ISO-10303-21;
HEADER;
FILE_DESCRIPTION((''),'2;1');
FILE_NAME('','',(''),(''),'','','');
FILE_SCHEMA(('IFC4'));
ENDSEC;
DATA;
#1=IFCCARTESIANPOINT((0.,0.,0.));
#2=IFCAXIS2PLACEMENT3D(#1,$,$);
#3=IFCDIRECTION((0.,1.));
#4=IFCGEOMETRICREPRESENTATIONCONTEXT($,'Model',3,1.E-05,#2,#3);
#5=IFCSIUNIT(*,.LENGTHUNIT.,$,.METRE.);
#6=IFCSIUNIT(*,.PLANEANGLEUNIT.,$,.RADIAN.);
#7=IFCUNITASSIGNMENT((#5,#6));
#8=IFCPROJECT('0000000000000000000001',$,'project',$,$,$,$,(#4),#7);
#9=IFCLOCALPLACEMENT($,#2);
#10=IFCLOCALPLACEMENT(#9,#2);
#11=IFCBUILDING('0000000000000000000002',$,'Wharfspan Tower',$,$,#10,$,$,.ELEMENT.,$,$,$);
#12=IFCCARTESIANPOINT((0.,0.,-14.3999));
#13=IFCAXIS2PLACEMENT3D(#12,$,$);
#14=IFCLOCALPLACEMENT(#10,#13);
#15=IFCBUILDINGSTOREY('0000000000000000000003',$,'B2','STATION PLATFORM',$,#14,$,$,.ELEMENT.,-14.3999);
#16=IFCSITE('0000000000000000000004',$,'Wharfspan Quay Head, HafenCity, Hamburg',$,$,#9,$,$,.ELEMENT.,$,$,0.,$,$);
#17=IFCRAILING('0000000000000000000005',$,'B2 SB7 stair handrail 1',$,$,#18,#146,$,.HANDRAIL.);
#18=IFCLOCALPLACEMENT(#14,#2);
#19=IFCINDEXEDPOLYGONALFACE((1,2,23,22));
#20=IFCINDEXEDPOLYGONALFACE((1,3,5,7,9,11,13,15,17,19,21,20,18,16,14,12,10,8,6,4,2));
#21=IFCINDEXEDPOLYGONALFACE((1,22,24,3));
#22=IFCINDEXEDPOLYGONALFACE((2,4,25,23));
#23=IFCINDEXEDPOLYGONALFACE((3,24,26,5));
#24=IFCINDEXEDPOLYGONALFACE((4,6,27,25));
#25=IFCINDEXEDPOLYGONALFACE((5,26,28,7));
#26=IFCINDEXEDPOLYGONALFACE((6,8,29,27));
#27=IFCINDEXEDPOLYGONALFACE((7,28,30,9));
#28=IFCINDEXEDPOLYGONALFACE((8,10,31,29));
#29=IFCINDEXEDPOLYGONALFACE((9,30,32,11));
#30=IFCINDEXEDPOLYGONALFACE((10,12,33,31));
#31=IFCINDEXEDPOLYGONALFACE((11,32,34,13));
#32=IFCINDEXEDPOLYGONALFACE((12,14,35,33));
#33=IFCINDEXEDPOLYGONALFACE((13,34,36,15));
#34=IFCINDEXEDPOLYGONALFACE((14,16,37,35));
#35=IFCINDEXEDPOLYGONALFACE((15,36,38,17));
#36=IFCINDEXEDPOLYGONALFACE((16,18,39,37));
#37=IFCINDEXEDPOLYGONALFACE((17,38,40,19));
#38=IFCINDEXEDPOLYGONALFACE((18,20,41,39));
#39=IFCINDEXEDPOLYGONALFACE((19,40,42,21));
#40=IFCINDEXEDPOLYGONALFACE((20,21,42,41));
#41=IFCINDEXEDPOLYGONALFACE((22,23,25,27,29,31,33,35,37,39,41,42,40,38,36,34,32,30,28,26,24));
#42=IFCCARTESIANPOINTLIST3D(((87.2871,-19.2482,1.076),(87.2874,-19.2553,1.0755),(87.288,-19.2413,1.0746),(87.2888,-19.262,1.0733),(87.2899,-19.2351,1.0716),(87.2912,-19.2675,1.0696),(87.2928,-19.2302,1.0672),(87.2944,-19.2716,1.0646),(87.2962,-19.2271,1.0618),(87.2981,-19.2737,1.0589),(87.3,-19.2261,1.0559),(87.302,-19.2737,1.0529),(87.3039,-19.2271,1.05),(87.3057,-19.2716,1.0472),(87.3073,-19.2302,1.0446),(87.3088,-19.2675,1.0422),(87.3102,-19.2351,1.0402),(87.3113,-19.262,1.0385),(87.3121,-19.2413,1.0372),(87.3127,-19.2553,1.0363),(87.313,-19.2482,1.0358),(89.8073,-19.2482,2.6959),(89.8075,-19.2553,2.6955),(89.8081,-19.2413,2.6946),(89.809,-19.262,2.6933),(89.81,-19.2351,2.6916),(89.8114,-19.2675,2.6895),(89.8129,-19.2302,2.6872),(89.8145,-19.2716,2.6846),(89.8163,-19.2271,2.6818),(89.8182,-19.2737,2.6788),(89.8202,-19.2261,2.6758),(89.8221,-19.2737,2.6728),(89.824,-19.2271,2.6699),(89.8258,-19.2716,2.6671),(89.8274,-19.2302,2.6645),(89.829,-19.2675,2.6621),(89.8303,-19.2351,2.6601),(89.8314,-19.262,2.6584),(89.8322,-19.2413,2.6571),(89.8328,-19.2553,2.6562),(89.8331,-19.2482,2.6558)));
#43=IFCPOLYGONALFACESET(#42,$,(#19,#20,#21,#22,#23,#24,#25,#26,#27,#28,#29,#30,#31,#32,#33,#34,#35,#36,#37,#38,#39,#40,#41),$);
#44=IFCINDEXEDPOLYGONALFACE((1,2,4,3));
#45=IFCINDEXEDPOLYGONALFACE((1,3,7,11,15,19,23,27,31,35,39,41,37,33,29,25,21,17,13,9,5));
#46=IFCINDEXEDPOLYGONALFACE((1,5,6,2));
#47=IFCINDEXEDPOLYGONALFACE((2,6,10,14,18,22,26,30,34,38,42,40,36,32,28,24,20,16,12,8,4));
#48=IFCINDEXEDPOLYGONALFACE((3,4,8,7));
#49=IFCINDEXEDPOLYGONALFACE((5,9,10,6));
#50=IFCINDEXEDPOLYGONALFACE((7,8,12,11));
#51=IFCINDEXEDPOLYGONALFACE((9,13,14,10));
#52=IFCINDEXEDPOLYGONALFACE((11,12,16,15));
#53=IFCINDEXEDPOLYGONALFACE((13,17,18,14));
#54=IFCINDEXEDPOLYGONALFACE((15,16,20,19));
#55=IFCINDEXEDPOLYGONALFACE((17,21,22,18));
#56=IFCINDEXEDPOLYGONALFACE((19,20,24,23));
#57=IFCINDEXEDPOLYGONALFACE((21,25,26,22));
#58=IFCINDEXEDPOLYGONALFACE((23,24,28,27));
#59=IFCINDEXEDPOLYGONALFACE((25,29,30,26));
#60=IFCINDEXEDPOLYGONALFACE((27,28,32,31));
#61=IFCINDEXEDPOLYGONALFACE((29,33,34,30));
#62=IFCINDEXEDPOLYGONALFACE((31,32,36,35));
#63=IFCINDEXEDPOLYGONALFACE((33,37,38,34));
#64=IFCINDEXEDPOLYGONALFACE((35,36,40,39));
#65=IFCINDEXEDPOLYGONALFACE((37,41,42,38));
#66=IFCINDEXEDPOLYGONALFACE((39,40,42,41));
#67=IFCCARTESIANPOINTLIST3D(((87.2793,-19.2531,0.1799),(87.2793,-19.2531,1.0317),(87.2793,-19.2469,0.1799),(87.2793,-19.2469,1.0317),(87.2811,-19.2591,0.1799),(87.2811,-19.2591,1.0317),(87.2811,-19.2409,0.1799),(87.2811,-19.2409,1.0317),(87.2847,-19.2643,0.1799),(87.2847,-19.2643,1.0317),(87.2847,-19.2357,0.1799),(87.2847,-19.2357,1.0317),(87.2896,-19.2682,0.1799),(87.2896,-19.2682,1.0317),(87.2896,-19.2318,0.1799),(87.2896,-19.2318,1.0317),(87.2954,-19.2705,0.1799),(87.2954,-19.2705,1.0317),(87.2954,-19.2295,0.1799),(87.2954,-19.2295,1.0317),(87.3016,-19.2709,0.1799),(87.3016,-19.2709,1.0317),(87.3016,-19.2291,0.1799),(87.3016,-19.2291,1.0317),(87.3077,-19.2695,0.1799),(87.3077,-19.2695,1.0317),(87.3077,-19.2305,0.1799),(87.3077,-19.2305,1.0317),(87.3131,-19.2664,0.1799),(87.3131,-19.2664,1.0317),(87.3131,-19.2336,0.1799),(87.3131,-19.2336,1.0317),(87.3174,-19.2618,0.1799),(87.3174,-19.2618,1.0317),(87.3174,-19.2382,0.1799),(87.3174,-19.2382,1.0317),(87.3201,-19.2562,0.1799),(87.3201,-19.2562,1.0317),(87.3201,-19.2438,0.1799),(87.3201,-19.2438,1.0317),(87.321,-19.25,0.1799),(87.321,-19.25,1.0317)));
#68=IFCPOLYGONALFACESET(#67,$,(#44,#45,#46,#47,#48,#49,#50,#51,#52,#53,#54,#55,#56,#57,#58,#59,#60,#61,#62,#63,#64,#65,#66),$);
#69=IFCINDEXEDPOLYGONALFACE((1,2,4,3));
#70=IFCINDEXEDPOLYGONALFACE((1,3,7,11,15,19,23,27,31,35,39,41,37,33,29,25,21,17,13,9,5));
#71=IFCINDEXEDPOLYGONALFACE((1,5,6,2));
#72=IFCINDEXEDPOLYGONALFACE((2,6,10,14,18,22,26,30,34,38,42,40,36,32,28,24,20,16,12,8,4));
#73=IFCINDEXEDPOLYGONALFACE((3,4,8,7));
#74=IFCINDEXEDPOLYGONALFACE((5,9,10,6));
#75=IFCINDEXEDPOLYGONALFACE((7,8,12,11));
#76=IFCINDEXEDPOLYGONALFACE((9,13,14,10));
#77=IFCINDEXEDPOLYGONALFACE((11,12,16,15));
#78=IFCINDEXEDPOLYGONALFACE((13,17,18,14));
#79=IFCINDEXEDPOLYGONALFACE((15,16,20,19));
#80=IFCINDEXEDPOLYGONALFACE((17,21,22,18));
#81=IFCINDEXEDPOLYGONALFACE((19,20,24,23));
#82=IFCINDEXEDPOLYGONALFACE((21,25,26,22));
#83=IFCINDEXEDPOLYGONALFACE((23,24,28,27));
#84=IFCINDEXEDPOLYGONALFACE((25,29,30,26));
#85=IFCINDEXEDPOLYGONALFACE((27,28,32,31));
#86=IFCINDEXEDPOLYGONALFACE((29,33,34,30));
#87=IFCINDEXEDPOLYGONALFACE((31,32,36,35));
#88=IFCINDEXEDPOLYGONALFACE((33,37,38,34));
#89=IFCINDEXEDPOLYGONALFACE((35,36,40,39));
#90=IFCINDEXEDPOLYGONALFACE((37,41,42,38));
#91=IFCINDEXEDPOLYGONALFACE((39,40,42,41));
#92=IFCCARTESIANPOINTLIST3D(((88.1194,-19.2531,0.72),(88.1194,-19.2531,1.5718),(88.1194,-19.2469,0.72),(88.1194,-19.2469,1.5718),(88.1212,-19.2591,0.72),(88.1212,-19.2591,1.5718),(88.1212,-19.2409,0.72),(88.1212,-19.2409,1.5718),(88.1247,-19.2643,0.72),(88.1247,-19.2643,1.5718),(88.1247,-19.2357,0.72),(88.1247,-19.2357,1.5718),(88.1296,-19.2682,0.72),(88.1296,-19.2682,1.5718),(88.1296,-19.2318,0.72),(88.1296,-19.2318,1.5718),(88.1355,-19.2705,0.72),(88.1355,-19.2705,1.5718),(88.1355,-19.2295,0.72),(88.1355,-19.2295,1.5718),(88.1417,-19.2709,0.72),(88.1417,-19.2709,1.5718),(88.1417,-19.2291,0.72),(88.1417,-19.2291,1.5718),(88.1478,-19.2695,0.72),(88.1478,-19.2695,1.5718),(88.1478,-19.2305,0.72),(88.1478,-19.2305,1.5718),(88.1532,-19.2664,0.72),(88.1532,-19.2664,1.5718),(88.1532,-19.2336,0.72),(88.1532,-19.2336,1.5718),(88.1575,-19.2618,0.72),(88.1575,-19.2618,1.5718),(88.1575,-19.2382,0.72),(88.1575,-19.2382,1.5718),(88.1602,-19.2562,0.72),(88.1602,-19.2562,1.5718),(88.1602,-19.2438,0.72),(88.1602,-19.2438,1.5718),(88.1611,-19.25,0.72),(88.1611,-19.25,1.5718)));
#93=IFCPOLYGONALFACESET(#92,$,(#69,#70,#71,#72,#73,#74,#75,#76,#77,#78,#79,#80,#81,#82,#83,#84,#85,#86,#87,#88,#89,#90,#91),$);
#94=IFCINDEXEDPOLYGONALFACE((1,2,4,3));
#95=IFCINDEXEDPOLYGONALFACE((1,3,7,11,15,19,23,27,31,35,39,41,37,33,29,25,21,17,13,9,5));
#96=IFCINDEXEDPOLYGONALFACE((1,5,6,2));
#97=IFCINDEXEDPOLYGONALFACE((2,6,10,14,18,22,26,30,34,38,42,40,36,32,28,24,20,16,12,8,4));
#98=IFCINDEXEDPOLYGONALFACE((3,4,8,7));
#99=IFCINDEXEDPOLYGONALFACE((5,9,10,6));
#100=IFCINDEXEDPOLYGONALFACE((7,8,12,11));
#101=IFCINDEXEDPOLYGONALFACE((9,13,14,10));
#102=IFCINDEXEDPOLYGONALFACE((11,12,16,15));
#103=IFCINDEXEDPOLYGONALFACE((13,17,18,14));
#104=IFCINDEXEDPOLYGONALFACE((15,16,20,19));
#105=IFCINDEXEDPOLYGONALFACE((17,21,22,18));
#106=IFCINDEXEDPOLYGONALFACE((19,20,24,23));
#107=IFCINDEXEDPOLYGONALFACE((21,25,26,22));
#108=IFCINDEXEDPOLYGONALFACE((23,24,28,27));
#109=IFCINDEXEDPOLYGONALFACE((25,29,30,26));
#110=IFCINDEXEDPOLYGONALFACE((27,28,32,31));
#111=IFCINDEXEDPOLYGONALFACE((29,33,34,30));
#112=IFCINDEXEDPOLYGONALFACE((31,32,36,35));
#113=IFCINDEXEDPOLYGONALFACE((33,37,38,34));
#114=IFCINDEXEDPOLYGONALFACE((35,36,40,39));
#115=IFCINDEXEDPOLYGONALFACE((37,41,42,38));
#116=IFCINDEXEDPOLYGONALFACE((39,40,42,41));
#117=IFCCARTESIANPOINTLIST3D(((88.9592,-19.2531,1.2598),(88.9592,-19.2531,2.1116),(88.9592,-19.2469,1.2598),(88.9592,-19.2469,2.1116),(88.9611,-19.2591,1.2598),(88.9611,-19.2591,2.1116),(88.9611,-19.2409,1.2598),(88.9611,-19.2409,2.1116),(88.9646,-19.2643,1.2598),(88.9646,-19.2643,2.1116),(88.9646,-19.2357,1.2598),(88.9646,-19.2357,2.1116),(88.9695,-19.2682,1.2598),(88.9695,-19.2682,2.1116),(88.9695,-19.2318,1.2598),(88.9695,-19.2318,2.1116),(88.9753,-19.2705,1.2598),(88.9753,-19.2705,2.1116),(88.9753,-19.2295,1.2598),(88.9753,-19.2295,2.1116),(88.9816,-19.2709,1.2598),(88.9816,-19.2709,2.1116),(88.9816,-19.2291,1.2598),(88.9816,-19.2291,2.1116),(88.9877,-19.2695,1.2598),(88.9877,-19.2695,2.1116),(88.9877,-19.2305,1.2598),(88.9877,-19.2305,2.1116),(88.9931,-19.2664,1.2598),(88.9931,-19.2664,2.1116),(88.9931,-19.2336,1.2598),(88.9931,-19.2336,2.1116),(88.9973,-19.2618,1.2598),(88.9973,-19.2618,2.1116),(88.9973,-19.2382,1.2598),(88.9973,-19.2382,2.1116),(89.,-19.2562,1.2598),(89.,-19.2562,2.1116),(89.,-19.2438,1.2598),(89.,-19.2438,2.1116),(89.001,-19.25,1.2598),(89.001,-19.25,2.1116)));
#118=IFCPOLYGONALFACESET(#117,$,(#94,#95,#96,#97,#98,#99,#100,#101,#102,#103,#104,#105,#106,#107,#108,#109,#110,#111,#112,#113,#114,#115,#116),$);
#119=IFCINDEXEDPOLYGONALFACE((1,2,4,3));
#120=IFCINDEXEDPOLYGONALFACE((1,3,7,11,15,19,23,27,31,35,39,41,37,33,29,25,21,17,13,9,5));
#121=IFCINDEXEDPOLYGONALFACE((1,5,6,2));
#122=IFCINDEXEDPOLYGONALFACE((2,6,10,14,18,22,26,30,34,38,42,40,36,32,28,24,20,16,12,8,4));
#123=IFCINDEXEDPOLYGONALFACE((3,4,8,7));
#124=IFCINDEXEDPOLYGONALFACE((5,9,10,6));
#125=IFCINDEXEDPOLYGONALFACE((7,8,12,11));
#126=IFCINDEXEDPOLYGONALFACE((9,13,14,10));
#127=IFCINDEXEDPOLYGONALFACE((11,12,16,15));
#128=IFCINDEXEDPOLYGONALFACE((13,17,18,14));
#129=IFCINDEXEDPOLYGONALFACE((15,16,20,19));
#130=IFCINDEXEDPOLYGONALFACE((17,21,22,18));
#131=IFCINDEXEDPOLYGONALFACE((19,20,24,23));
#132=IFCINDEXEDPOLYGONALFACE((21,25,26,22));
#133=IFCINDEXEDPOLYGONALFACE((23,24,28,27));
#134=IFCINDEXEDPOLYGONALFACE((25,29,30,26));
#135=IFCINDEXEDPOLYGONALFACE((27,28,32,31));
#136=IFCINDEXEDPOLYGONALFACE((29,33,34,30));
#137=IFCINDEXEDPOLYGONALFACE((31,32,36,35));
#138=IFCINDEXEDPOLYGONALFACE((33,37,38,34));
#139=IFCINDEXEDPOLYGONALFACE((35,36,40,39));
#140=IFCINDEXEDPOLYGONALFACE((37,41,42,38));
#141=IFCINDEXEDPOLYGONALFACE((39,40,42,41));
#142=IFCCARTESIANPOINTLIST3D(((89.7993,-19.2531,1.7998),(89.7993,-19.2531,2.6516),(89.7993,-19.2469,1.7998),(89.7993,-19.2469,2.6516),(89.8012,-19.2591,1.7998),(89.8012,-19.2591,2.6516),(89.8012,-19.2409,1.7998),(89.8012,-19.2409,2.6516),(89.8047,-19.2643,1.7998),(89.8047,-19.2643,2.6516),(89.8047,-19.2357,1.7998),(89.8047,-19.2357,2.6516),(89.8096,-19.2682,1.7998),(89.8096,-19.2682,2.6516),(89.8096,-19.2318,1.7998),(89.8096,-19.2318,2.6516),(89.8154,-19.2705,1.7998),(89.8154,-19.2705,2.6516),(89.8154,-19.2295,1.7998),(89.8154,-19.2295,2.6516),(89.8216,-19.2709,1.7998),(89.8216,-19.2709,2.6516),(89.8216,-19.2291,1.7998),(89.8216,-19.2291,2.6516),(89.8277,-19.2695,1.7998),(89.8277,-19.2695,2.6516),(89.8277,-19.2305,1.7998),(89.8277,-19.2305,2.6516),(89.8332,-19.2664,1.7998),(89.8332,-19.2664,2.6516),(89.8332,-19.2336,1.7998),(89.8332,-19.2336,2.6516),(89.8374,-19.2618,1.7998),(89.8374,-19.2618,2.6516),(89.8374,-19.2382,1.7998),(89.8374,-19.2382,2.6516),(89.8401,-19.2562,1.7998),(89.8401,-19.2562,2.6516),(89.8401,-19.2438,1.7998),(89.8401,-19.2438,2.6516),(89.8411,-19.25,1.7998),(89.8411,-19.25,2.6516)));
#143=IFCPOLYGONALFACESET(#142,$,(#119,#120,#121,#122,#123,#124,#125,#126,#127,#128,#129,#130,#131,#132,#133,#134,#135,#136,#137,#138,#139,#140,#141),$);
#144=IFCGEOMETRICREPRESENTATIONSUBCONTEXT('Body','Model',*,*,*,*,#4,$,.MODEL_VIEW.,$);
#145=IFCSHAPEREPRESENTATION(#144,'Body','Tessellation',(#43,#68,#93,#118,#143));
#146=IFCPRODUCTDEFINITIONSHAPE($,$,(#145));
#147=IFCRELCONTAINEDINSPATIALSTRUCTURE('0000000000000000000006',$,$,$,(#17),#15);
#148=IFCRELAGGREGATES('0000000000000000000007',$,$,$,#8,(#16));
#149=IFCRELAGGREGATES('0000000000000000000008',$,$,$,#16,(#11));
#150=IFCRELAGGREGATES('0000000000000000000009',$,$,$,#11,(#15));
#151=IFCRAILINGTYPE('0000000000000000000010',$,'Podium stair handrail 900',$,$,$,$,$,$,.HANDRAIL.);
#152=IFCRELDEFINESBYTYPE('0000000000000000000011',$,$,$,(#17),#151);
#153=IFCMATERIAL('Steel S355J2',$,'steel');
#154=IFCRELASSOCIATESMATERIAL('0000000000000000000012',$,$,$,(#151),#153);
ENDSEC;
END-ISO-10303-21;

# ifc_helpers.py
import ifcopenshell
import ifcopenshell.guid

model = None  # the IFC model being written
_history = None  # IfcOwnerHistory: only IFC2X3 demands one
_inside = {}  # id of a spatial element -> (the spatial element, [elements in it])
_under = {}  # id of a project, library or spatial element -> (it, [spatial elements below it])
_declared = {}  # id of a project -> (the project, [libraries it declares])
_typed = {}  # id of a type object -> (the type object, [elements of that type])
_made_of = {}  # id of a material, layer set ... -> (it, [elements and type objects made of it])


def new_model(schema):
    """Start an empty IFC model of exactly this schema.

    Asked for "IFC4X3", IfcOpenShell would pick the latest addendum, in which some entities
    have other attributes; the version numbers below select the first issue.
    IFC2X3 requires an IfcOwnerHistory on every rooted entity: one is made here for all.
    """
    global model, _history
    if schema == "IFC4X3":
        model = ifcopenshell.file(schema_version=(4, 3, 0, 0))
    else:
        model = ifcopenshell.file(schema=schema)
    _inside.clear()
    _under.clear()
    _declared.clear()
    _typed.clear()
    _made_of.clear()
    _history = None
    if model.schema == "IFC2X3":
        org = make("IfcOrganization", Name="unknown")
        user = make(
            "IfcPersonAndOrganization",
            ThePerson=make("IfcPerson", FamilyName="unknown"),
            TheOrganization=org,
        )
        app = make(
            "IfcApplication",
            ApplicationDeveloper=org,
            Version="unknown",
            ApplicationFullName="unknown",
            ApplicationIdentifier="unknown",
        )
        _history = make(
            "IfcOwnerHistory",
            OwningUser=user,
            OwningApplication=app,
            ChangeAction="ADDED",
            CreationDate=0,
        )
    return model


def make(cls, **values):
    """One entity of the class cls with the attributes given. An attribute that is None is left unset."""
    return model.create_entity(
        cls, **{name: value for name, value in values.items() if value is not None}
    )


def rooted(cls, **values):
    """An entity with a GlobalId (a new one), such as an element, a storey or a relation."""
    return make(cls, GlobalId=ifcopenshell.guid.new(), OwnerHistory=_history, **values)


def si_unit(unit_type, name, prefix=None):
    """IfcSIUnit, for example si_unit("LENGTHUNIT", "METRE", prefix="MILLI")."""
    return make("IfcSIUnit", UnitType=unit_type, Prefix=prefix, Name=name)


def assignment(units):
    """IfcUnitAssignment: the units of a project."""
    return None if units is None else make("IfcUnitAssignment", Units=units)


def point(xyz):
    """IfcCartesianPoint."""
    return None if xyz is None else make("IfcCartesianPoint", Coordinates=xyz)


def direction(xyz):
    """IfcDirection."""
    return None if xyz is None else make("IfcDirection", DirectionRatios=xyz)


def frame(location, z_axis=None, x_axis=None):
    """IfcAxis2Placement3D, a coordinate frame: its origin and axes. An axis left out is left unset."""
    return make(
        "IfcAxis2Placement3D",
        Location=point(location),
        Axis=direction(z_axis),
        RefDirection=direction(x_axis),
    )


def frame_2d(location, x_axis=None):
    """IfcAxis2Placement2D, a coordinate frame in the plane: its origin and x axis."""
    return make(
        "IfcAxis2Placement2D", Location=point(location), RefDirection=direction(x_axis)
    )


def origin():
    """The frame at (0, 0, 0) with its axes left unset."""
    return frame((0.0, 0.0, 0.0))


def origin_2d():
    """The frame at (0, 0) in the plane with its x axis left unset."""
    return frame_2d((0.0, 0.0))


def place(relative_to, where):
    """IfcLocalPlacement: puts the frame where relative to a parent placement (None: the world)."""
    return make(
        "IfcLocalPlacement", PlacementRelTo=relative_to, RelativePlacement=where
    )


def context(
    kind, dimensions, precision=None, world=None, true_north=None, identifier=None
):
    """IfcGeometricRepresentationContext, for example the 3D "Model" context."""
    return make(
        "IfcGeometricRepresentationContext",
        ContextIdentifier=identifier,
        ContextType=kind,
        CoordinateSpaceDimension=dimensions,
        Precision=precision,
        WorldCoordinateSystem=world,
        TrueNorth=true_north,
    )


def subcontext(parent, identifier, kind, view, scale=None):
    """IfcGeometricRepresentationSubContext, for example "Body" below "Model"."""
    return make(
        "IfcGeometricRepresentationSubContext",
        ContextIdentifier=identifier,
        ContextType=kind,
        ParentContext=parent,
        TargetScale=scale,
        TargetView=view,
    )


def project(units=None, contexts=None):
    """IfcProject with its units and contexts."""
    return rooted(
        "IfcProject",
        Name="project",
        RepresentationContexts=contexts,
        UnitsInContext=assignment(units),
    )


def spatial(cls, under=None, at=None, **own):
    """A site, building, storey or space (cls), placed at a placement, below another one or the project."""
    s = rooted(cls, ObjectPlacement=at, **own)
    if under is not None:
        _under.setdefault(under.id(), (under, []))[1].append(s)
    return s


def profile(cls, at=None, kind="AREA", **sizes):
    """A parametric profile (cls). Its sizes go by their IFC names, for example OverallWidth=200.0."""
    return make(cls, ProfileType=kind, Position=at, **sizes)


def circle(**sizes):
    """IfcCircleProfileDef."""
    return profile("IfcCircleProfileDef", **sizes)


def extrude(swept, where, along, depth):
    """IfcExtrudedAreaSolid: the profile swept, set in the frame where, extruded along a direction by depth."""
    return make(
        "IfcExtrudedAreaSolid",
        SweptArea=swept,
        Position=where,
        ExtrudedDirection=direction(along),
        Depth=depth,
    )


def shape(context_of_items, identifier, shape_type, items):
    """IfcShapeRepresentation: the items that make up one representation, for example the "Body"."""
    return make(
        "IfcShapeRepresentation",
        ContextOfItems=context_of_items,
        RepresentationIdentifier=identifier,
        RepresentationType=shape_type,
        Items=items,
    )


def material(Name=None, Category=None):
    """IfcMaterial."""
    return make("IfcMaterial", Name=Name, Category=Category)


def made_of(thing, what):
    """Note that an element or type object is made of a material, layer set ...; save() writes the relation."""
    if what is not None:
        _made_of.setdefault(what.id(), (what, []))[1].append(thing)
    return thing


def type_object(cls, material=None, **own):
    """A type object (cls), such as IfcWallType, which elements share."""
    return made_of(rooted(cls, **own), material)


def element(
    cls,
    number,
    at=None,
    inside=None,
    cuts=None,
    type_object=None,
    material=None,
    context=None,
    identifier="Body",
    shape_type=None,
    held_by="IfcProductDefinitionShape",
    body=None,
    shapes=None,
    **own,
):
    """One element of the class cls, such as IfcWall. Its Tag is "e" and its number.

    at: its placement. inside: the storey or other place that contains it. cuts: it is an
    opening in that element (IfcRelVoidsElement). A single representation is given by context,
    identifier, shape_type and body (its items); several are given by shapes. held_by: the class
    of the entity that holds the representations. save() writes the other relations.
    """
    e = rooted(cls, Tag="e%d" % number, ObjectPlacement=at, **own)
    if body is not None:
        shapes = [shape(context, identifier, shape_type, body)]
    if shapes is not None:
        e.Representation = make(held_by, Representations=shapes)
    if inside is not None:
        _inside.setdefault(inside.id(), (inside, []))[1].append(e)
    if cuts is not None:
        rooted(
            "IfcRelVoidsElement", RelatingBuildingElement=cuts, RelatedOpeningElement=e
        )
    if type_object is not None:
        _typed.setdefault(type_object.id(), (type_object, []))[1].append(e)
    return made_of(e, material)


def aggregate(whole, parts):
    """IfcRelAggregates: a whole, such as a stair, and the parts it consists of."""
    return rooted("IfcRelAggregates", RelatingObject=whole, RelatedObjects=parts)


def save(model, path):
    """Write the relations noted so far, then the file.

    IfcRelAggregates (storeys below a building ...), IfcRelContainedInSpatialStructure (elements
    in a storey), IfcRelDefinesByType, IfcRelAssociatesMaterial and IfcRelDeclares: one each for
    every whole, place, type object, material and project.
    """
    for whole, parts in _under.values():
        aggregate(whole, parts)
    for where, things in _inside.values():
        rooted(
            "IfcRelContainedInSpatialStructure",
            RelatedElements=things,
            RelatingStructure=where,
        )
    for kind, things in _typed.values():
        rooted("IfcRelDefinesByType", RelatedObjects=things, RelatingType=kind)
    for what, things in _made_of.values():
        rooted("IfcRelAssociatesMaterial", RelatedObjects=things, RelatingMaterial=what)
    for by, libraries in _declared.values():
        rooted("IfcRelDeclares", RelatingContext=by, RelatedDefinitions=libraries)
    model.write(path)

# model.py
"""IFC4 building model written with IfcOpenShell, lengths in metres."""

from ifc_helpers import new_model, si_unit, direction, frame, origin, origin_2d, place, context, subcontext, project, spatial, circle, extrude, material, type_object, element, save


model = new_model("IFC4")

# Units and contexts
model_context = context("Model", 3, precision=1e-05, world=origin(), true_north=direction((0.0, 1.0)))
body_context = subcontext(model_context, "Body", "Model", "MODEL_VIEW")
ifc_project = project(units=[si_unit("LENGTHUNIT", "METRE"), si_unit("PLANEANGLEUNIT", "RADIAN")], contexts=[model_context])

# Site, building, storey
site_placement = place(None, origin())
site = spatial("IfcSite", under=ifc_project, at=site_placement, Name="Wharfspan Quay Head, HafenCity, Hamburg", CompositionType="ELEMENT", RefElevation=0.0)
building_placement = place(site_placement, origin())
building = spatial("IfcBuilding", under=site, at=building_placement, Name="Wharfspan Tower", CompositionType="ELEMENT")
storey_placement = place(building_placement, frame((0.0, 0.0, -14.3999)))
storey = spatial("IfcBuildingStorey", under=building, at=storey_placement, Name="B2", Description="STATION PLATFORM", CompositionType="ELEMENT", Elevation=-14.3999)

# Railing
ifc_material_1 = material(Name="Steel S355J2", Category="steel")
railing_type_1 = type_object("IfcRailingType", Name="Podium stair handrail 900", PredefinedType="HANDRAIL", material=ifc_material_1)
railing_1_placement = place(storey_placement, frame((87.3, -19.25, 0.1799)))
element("IfcRailing", 1, at=railing_1_placement, inside=storey, type_object=railing_type_1, Name="B2 SB7 stair handrail 1", PredefinedType="HANDRAIL", context=body_context, shape_type="SweptSolid", body=[
    extrude(circle(Radius=0.0239, at=origin_2d()), frame((0.0, 0.0, 0.876), z_axis=(0.8412, 0.0, 0.540725), x_axis=(0.0, 1.0, 0.0)), (0.0, 0.0, 1.0), 2.9958),
    extrude(circle(Radius=0.021, at=origin_2d()), origin(), (0.0, 0.0, 1.0), 0.8518),
    extrude(circle(Radius=0.021, at=origin_2d()), frame((0.8401, 0.0, 0.54)), (0.0, 0.0, 1.0), 0.8518),
    extrude(circle(Radius=0.021, at=origin_2d()), frame((1.6799, 0.0, 1.0798)), (0.0, 0.0, 1.0), 0.8518),
    extrude(circle(Radius=0.021, at=origin_2d()), frame((2.52, 0.0, 1.6199)), (0.0, 0.0, 1.0), 0.8518),
])

save(model, "model.ifc")
